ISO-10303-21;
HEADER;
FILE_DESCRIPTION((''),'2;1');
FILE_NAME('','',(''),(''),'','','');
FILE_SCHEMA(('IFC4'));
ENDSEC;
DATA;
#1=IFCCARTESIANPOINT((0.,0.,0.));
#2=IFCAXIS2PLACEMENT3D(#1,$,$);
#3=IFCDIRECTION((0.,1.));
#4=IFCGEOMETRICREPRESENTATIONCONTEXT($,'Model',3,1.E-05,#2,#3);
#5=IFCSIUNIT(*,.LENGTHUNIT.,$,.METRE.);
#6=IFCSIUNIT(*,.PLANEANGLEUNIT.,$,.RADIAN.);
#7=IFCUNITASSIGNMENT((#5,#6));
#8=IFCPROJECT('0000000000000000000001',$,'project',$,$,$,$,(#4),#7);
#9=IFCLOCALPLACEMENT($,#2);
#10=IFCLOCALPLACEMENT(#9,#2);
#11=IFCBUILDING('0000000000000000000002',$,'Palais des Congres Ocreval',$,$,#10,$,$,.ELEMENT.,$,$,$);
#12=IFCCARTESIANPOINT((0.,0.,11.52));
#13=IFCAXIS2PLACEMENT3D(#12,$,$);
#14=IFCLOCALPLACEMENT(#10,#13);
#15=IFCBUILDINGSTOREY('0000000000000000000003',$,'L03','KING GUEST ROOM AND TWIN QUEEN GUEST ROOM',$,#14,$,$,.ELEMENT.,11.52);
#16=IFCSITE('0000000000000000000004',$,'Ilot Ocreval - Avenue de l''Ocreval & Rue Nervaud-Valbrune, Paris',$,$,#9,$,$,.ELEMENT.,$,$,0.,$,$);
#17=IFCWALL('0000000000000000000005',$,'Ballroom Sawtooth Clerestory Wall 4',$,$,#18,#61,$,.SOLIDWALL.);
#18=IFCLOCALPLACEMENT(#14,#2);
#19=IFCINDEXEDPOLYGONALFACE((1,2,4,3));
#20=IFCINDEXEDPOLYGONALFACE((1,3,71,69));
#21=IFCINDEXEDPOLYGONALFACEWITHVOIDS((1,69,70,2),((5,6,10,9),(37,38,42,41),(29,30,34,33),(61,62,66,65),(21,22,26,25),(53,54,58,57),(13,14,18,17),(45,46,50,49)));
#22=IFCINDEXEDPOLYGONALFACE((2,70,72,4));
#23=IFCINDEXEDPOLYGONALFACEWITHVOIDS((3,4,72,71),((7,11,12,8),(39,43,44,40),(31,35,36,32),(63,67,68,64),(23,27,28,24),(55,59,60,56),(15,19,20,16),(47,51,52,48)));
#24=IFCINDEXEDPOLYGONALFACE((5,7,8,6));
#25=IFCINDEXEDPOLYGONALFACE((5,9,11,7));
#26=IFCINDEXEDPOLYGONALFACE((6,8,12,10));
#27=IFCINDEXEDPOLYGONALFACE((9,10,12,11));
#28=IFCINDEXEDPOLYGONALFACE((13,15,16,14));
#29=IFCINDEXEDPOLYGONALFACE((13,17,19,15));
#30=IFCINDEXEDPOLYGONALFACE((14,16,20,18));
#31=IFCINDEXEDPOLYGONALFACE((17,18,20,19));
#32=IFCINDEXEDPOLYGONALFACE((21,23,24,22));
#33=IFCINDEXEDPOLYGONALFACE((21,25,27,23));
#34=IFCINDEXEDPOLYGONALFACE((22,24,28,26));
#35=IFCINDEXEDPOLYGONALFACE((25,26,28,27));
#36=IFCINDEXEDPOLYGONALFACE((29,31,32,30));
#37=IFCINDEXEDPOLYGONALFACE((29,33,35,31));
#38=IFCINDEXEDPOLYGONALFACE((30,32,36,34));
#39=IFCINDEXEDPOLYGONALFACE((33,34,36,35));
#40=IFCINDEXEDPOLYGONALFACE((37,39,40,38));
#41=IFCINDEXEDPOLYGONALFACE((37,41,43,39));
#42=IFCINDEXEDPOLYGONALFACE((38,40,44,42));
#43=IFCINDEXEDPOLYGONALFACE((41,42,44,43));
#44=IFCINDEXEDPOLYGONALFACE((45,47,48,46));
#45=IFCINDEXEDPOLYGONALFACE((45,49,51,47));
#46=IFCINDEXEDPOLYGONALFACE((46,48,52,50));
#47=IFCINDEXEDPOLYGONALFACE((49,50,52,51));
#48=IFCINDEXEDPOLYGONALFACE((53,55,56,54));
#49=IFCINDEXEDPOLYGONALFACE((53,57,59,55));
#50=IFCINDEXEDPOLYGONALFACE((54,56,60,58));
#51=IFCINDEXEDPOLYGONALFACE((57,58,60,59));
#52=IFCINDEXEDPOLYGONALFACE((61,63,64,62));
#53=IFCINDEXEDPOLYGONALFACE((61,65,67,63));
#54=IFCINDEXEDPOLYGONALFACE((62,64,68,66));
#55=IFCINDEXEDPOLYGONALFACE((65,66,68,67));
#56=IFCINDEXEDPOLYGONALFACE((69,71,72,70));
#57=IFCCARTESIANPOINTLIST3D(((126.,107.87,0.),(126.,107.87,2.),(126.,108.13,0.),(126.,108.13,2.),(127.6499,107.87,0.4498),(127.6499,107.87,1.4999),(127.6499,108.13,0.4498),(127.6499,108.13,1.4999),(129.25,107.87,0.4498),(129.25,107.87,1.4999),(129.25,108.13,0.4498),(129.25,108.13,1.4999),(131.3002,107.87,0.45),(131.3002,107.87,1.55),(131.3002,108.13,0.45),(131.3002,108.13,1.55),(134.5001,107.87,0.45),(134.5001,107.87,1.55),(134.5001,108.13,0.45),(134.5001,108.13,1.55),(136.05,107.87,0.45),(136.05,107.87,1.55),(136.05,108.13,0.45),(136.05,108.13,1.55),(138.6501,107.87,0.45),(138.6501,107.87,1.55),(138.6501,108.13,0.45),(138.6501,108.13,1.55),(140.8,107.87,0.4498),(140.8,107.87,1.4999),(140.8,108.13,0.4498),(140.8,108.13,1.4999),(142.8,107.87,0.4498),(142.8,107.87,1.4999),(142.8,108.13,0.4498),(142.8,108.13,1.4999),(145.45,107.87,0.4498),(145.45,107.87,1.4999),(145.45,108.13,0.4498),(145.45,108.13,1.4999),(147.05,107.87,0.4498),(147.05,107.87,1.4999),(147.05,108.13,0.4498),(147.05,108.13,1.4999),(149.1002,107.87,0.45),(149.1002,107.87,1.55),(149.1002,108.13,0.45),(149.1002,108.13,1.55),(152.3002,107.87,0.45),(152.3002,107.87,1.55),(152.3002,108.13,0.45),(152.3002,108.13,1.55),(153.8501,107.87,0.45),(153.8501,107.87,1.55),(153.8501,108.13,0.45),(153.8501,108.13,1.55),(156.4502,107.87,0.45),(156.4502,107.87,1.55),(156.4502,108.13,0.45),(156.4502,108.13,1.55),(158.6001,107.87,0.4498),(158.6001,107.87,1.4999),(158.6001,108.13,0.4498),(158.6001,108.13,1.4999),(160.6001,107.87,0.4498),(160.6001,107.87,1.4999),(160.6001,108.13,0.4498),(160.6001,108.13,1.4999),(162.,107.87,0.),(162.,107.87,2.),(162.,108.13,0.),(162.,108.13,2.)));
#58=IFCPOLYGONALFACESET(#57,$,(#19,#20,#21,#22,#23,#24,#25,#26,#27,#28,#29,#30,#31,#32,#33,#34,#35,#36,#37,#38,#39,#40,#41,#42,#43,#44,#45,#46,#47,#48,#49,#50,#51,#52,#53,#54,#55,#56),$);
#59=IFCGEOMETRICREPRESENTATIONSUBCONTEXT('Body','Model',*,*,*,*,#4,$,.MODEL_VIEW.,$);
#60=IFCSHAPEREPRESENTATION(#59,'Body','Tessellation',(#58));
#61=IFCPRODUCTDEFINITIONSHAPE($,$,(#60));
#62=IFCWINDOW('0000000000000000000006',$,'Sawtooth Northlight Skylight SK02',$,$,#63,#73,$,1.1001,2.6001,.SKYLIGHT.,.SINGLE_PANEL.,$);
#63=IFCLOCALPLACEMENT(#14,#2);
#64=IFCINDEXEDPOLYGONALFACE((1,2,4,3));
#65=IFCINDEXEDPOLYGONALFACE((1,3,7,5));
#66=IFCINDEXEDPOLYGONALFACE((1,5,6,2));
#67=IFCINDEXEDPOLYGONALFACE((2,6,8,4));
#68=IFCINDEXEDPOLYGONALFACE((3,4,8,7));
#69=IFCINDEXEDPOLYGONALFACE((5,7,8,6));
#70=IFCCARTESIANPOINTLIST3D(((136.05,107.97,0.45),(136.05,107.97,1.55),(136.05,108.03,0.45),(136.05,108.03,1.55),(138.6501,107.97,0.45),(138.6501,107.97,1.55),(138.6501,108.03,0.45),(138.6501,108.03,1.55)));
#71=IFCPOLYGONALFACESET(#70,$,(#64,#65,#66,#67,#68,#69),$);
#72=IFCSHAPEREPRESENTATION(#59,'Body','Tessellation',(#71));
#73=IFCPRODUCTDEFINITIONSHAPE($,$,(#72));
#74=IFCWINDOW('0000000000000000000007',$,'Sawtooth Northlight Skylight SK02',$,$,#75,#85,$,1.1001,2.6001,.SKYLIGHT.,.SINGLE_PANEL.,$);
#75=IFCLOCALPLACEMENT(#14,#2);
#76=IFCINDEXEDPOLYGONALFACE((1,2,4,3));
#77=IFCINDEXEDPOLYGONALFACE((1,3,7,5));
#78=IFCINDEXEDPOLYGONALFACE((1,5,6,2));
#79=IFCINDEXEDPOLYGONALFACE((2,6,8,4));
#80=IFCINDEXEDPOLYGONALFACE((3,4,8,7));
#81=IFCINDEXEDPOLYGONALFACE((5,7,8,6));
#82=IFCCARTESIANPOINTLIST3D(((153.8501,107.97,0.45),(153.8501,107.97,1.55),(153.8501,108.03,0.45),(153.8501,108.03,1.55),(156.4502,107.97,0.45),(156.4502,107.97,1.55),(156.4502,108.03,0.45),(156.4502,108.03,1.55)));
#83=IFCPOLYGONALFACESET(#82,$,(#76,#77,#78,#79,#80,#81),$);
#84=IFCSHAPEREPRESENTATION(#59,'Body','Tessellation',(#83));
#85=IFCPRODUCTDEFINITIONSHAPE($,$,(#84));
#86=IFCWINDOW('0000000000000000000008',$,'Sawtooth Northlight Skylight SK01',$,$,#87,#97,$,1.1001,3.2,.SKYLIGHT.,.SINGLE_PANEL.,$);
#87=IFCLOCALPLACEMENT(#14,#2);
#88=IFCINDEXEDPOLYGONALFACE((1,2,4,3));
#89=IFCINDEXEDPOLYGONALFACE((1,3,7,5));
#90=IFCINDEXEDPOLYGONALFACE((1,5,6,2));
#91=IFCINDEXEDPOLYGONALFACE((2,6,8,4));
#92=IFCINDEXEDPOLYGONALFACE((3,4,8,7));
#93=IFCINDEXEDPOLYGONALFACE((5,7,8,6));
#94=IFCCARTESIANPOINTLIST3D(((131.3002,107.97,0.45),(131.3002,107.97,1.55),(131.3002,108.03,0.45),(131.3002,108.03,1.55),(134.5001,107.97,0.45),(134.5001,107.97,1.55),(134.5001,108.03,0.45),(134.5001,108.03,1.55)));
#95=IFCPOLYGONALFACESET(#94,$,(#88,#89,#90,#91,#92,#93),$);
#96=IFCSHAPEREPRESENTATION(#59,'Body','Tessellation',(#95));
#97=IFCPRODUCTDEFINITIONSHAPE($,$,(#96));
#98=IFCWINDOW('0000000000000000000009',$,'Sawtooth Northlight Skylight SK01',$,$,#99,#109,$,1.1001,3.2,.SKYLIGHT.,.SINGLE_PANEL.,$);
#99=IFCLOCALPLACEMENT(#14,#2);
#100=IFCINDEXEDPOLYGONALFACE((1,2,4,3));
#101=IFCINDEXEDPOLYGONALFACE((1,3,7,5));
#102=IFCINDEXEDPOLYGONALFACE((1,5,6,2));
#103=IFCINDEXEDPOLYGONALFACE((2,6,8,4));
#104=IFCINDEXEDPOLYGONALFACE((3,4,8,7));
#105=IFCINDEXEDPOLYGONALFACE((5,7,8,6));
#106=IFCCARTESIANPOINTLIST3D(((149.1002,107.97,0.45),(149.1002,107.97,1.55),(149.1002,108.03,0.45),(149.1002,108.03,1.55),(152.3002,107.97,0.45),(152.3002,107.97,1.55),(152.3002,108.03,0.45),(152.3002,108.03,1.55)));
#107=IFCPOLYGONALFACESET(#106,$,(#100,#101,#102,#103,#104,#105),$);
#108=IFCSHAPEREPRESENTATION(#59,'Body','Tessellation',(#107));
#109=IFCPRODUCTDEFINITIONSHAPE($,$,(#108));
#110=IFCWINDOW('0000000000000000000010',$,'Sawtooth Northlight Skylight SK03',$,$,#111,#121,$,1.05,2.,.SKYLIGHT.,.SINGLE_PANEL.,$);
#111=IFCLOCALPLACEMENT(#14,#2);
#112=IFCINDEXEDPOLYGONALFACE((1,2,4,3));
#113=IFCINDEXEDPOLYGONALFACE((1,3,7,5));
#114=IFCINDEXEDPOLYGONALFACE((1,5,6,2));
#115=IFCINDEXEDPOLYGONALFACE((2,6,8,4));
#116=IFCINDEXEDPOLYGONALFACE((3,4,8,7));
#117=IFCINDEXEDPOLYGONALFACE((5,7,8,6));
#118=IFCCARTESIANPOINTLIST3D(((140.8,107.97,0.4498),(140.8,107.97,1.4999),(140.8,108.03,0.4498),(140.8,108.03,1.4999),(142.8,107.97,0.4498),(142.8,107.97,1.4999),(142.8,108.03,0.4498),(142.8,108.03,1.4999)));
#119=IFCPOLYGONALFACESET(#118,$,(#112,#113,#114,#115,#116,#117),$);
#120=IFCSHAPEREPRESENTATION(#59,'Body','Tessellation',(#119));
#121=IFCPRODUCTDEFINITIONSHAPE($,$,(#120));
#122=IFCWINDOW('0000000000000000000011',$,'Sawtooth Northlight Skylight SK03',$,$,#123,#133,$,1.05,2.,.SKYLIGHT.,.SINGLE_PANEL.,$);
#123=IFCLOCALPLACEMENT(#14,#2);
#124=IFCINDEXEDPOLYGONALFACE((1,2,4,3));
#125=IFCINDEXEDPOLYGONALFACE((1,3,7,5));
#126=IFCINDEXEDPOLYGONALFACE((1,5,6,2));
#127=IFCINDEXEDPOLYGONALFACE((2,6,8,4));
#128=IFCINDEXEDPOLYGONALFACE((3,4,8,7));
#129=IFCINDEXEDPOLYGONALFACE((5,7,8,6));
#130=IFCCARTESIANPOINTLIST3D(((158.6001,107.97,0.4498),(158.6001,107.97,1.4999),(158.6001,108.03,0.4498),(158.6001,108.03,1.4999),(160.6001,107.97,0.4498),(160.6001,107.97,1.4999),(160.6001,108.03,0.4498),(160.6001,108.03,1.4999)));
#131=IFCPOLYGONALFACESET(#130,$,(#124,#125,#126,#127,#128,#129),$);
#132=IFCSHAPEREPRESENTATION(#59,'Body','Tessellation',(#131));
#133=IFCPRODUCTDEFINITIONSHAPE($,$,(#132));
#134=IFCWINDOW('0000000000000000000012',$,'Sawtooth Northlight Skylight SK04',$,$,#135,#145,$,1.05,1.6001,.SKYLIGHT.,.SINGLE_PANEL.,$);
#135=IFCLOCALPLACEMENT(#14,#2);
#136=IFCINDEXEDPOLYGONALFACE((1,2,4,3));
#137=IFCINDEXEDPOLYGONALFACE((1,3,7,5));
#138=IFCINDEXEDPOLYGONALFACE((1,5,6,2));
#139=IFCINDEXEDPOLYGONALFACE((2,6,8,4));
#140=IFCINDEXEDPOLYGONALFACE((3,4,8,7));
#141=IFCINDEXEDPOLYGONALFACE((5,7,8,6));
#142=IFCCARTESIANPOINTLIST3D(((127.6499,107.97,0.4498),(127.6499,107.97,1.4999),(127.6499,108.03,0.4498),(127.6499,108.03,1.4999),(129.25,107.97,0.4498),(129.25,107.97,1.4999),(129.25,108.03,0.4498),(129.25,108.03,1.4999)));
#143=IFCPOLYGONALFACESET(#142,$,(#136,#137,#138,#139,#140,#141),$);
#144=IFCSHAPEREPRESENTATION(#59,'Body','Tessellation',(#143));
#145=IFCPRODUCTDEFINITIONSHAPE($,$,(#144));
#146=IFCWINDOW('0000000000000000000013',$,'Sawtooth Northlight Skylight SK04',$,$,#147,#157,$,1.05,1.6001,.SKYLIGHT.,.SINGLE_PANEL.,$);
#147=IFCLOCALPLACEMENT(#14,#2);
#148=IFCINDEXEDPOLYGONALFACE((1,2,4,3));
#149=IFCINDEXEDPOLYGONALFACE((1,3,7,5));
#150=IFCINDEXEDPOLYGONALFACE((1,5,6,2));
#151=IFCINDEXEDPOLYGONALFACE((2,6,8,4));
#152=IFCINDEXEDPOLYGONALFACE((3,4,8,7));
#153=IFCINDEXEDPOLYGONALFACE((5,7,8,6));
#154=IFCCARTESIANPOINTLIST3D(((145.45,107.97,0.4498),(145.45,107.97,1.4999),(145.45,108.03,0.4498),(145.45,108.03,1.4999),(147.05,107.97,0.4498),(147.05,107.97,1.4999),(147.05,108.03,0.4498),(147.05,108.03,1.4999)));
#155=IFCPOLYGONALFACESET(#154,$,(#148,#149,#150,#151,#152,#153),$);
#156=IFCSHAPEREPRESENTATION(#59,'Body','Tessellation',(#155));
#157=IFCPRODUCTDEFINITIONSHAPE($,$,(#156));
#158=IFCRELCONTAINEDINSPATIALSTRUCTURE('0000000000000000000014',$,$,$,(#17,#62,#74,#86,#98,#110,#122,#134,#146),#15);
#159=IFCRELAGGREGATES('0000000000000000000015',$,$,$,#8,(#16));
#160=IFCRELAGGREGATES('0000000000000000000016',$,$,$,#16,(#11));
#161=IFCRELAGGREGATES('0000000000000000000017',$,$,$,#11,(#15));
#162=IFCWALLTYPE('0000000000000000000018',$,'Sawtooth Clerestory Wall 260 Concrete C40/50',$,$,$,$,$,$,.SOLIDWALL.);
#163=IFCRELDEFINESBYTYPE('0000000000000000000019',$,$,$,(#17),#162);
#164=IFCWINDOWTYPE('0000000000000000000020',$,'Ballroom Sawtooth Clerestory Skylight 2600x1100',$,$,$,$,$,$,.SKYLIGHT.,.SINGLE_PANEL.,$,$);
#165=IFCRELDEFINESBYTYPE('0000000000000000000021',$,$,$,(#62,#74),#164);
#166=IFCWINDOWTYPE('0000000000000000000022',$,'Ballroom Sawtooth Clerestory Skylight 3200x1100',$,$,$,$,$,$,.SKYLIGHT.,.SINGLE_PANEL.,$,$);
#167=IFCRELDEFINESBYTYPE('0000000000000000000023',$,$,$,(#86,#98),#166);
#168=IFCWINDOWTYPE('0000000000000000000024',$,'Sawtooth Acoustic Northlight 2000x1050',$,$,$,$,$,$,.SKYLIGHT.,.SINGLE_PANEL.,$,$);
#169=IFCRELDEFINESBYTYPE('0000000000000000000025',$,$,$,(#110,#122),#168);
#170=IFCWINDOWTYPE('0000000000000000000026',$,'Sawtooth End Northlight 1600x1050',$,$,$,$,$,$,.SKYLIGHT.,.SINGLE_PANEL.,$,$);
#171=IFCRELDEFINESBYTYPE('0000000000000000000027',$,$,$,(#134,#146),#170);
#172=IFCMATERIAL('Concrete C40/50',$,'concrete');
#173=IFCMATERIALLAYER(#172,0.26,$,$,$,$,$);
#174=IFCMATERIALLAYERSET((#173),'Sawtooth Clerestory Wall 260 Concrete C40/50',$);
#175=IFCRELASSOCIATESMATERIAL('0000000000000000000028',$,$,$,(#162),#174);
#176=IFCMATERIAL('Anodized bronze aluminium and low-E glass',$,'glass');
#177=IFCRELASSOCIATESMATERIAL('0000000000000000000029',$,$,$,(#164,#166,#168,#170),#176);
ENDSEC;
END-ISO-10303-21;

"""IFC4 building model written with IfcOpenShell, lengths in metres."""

from ifc_helpers import new_model, si_unit, direction, frame, frame_2d, origin, place, context, subcontext, project, spatial, rectangle, extrude, material, layer, layer_set, type_object, element, fill, save


model = new_model("IFC4")

# Units and contexts
model_context = context("Model", 3, precision=1e-05, world=origin(), true_north=direction((0.0, 1.0)))
body_context = subcontext(model_context, "Body", "Model", "MODEL_VIEW")
ifc_project = project(units=[si_unit("LENGTHUNIT", "METRE"), si_unit("PLANEANGLEUNIT", "RADIAN")], contexts=[model_context])

# Site, building, storey
site_placement = place(None, origin())
site = spatial("IfcSite", under=ifc_project, at=site_placement, Name="Ilot Ocreval - Avenue de l'Ocreval & Rue Nervaud-Valbrune, Paris", CompositionType="ELEMENT", RefElevation=0.0)
building_placement = place(site_placement, origin())
building = spatial("IfcBuilding", under=site, at=building_placement, Name="Palais des Congres Ocreval", CompositionType="ELEMENT")
storey_placement = place(building_placement, frame((0.0, 0.0, 11.52)))
storey = spatial("IfcBuildingStorey", under=building, at=storey_placement, Name="L03", Description="KING GUEST ROOM AND TWIN QUEEN GUEST ROOM", CompositionType="ELEMENT", Elevation=11.52)

# Shared definitions
ifc_material_1 = material(Name="Concrete C40/50", Category="concrete")

# Shared definitions
ifc_layer_1 = layer(ifc_material_1, 0.26)
ifc_layer_set_1 = layer_set([ifc_layer_1], Name="Sawtooth Clerestory Wall 260 Concrete C40/50")
wall_type = type_object("IfcWallType", Name="Sawtooth Clerestory Wall 260 Concrete C40/50", PredefinedType="SOLIDWALL", material=ifc_layer_set_1)

# Wall, openings, windows
wall_1_placement = place(storey_placement, frame((126.0, 108.0, 0.0), z_axis=(0.0, 0.0, 1.0), x_axis=(1.0, 0.0, 0.0)))
wall_1 = element("IfcWall", 1, at=wall_1_placement, inside=storey, type_object=wall_type, Name="Ballroom Sawtooth Clerestory Wall 4", PredefinedType="SOLIDWALL", context=body_context, shape_type="SweptSolid", body=[
    extrude(rectangle(XDim=36.0, YDim=0.26, at=frame_2d((18.0, 0.0))), origin(), (0.0, 0.0, 1.0), 2.0),
])
opening_1_placement = place(wall_1_placement, frame((1.6499, 0.0, 0.45)))
opening_1 = element("IfcOpeningElement", 2, at=opening_1_placement, cuts=wall_1, PredefinedType="OPENING", context=body_context, shape_type="SweptSolid", body=[
    extrude(rectangle(XDim=1.6001, YDim=1.05, at=frame_2d((0.8, 0.5249))), frame((0.0, 0.1399, 0.0), z_axis=(0.0, -1.0, 0.0), x_axis=(1.0, 0.0, 0.0)), (0.0, 0.0, 1.0), 0.28),
])
opening_2_placement = place(wall_1_placement, frame((5.3, 0.0, 0.45)))
opening_2 = element("IfcOpeningElement", 3, at=opening_2_placement, cuts=wall_1, PredefinedType="OPENING", context=body_context, shape_type="SweptSolid", body=[
    extrude(rectangle(XDim=3.2, YDim=1.1001, at=frame_2d((1.6001, 0.55))), frame((0.0, 0.1399, 0.0), z_axis=(0.0, -1.0, 0.0), x_axis=(1.0, 0.0, 0.0)), (0.0, 0.0, 1.0), 0.28),
])
opening_3_placement = place(wall_1_placement, frame((10.05, 0.0, 0.45)))
opening_3 = element("IfcOpeningElement", 4, at=opening_3_placement, cuts=wall_1, PredefinedType="OPENING", context=body_context, shape_type="SweptSolid", body=[
    extrude(rectangle(XDim=2.6001, YDim=1.1001, at=frame_2d((1.3, 0.55))), frame((0.0, 0.1399, 0.0), z_axis=(0.0, -1.0, 0.0), x_axis=(1.0, 0.0, 0.0)), (0.0, 0.0, 1.0), 0.28),
])
opening_4_placement = place(wall_1_placement, frame((14.8, 0.0, 0.45)))
opening_4 = element("IfcOpeningElement", 5, at=opening_4_placement, cuts=wall_1, PredefinedType="OPENING", context=body_context, shape_type="SweptSolid", body=[
    extrude(rectangle(XDim=2.0, YDim=1.05, at=frame_2d((1.0, 0.5249))), frame((0.0, 0.1399, 0.0), z_axis=(0.0, -1.0, 0.0), x_axis=(1.0, 0.0, 0.0)), (0.0, 0.0, 1.0), 0.28),
])
opening_5_placement = place(wall_1_placement, frame((19.45, 0.0, 0.45)))
opening_5 = element("IfcOpeningElement", 6, at=opening_5_placement, cuts=wall_1, PredefinedType="OPENING", context=body_context, shape_type="SweptSolid", body=[
    extrude(rectangle(XDim=1.6001, YDim=1.05, at=frame_2d((0.8, 0.5249))), frame((0.0, 0.1399, 0.0), z_axis=(0.0, -1.0, 0.0), x_axis=(1.0, 0.0, 0.0)), (0.0, 0.0, 1.0), 0.28),
])
opening_6_placement = place(wall_1_placement, frame((23.1001, 0.0, 0.45)))
opening_6 = element("IfcOpeningElement", 7, at=opening_6_placement, cuts=wall_1, PredefinedType="OPENING", context=body_context, shape_type="SweptSolid", body=[
    extrude(rectangle(XDim=3.2, YDim=1.1001, at=frame_2d((1.6001, 0.55))), frame((0.0, 0.1399, 0.0), z_axis=(0.0, -1.0, 0.0), x_axis=(1.0, 0.0, 0.0)), (0.0, 0.0, 1.0), 0.28),
])
opening_7_placement = place(wall_1_placement, frame((27.8501, 0.0, 0.45)))
opening_7 = element("IfcOpeningElement", 8, at=opening_7_placement, cuts=wall_1, PredefinedType="OPENING", context=body_context, shape_type="SweptSolid", body=[
    extrude(rectangle(XDim=2.6001, YDim=1.1001, at=frame_2d((1.3, 0.55))), frame((0.0, 0.1399, 0.0), z_axis=(0.0, -1.0, 0.0), x_axis=(1.0, 0.0, 0.0)), (0.0, 0.0, 1.0), 0.28),
])
opening_8_placement = place(wall_1_placement, frame((32.6001, 0.0, 0.45)))
opening_8 = element("IfcOpeningElement", 9, at=opening_8_placement, cuts=wall_1, PredefinedType="OPENING", context=body_context, shape_type="SweptSolid", body=[
    extrude(rectangle(XDim=2.0, YDim=1.05, at=frame_2d((1.0, 0.5249))), frame((0.0, 0.1399, 0.0), z_axis=(0.0, -1.0, 0.0), x_axis=(1.0, 0.0, 0.0)), (0.0, 0.0, 1.0), 0.28),
])
ifc_material_2 = material(Name="Anodized bronze aluminium and low-E glass", Category="glass")
window_type_1 = type_object("IfcWindowType", Name="Ballroom Sawtooth Clerestory Skylight 2600x1100", PartitioningType="SINGLE_PANEL", PredefinedType="SKYLIGHT", material=ifc_material_2)
window_1_placement = place(opening_3_placement, origin())
window_1 = element("IfcWindow", 10, at=window_1_placement, inside=storey, type_object=window_type_1, Name="Sawtooth Northlight Skylight SK02", OverallHeight=1.1001, OverallWidth=2.6001, PartitioningType="SINGLE_PANEL", PredefinedType="SKYLIGHT", context=body_context, shape_type="SweptSolid", body=[
    extrude(rectangle(XDim=2.6001, YDim=1.1001, at=frame_2d((1.3, 0.55))), frame((0.0, 0.03, 0.0), z_axis=(0.0, -1.0, 0.0), x_axis=(1.0, 0.0, 0.0)), (0.0, 0.0, 1.0), 0.0601),
])
fill(opening_3, window_1)
window_2_placement = place(opening_7_placement, origin())
window_2 = element("IfcWindow", 11, at=window_2_placement, inside=storey, type_object=window_type_1, Name="Sawtooth Northlight Skylight SK02", OverallHeight=1.1001, OverallWidth=2.6001, PartitioningType="SINGLE_PANEL", PredefinedType="SKYLIGHT", context=body_context, shape_type="SweptSolid", body=[
    extrude(rectangle(XDim=2.6001, YDim=1.1001, at=frame_2d((1.3, 0.55))), frame((0.0, 0.03, 0.0), z_axis=(0.0, -1.0, 0.0), x_axis=(1.0, 0.0, 0.0)), (0.0, 0.0, 1.0), 0.0601),
])
fill(opening_7, window_2)
window_type_2 = type_object("IfcWindowType", Name="Ballroom Sawtooth Clerestory Skylight 3200x1100", PartitioningType="SINGLE_PANEL", PredefinedType="SKYLIGHT", material=ifc_material_2)
window_3_placement = place(opening_2_placement, origin())
window_3 = element("IfcWindow", 12, at=window_3_placement, inside=storey, type_object=window_type_2, Name="Sawtooth Northlight Skylight SK01", OverallHeight=1.1001, OverallWidth=3.2, PartitioningType="SINGLE_PANEL", PredefinedType="SKYLIGHT", context=body_context, shape_type="SweptSolid", body=[
    extrude(rectangle(XDim=3.2, YDim=1.1001, at=frame_2d((1.6001, 0.55))), frame((0.0, 0.03, 0.0), z_axis=(0.0, -1.0, 0.0), x_axis=(1.0, 0.0, 0.0)), (0.0, 0.0, 1.0), 0.0601),
])
fill(opening_2, window_3)
window_4_placement = place(opening_6_placement, origin())
window_4 = element("IfcWindow", 13, at=window_4_placement, inside=storey, type_object=window_type_2, Name="Sawtooth Northlight Skylight SK01", OverallHeight=1.1001, OverallWidth=3.2, PartitioningType="SINGLE_PANEL", PredefinedType="SKYLIGHT", context=body_context, shape_type="SweptSolid", body=[
    extrude(rectangle(XDim=3.2, YDim=1.1001, at=frame_2d((1.6001, 0.55))), frame((0.0, 0.03, 0.0), z_axis=(0.0, -1.0, 0.0), x_axis=(1.0, 0.0, 0.0)), (0.0, 0.0, 1.0), 0.0601),
])
fill(opening_6, window_4)
window_type_3 = type_object("IfcWindowType", Name="Sawtooth Acoustic Northlight 2000x1050", PartitioningType="SINGLE_PANEL", PredefinedType="SKYLIGHT", material=ifc_material_2)
window_5_placement = place(opening_4_placement, origin())
window_5 = element("IfcWindow", 14, at=window_5_placement, inside=storey, type_object=window_type_3, Name="Sawtooth Northlight Skylight SK03", OverallHeight=1.05, OverallWidth=2.0, PartitioningType="SINGLE_PANEL", PredefinedType="SKYLIGHT", context=body_context, shape_type="SweptSolid", body=[
    extrude(rectangle(XDim=2.0, YDim=1.05, at=frame_2d((1.0, 0.5249))), frame((0.0, 0.03, 0.0), z_axis=(0.0, -1.0, 0.0), x_axis=(1.0, 0.0, 0.0)), (0.0, 0.0, 1.0), 0.0601),
])
fill(opening_4, window_5)
window_6_placement = place(opening_8_placement, origin())
window_6 = element("IfcWindow", 15, at=window_6_placement, inside=storey, type_object=window_type_3, Name="Sawtooth Northlight Skylight SK03", OverallHeight=1.05, OverallWidth=2.0, PartitioningType="SINGLE_PANEL", PredefinedType="SKYLIGHT", context=body_context, shape_type="SweptSolid", body=[
    extrude(rectangle(XDim=2.0, YDim=1.05, at=frame_2d((1.0, 0.5249))), frame((0.0, 0.03, 0.0), z_axis=(0.0, -1.0, 0.0), x_axis=(1.0, 0.0, 0.0)), (0.0, 0.0, 1.0), 0.0601),
])
fill(opening_8, window_6)
window_type_4 = type_object("IfcWindowType", Name="Sawtooth End Northlight 1600x1050", PartitioningType="SINGLE_PANEL", PredefinedType="SKYLIGHT", material=ifc_material_2)
window_7_placement = place(opening_1_placement, origin())
window_7 = element("IfcWindow", 16, at=window_7_placement, inside=storey, type_object=window_type_4, Name="Sawtooth Northlight Skylight SK04", OverallHeight=1.05, OverallWidth=1.6001, PartitioningType="SINGLE_PANEL", PredefinedType="SKYLIGHT", context=body_context, shape_type="SweptSolid", body=[
    extrude(rectangle(XDim=1.6001, YDim=1.05, at=frame_2d((0.8, 0.5249))), frame((0.0, 0.03, 0.0), z_axis=(0.0, -1.0, 0.0), x_axis=(1.0, 0.0, 0.0)), (0.0, 0.0, 1.0), 0.0601),
])
fill(opening_1, window_7)
window_8_placement = place(opening_5_placement, origin())
window_8 = element("IfcWindow", 17, at=window_8_placement, inside=storey, type_object=window_type_4, Name="Sawtooth Northlight Skylight SK04", OverallHeight=1.05, OverallWidth=1.6001, PartitioningType="SINGLE_PANEL", PredefinedType="SKYLIGHT", context=body_context, shape_type="SweptSolid", body=[
    extrude(rectangle(XDim=1.6001, YDim=1.05, at=frame_2d((0.8, 0.5249))), frame((0.0, 0.03, 0.0), z_axis=(0.0, -1.0, 0.0), x_axis=(1.0, 0.0, 0.0)), (0.0, 0.0, 1.0), 0.0601),
])
fill(opening_5, window_8)

save(model, "model.ifc")
